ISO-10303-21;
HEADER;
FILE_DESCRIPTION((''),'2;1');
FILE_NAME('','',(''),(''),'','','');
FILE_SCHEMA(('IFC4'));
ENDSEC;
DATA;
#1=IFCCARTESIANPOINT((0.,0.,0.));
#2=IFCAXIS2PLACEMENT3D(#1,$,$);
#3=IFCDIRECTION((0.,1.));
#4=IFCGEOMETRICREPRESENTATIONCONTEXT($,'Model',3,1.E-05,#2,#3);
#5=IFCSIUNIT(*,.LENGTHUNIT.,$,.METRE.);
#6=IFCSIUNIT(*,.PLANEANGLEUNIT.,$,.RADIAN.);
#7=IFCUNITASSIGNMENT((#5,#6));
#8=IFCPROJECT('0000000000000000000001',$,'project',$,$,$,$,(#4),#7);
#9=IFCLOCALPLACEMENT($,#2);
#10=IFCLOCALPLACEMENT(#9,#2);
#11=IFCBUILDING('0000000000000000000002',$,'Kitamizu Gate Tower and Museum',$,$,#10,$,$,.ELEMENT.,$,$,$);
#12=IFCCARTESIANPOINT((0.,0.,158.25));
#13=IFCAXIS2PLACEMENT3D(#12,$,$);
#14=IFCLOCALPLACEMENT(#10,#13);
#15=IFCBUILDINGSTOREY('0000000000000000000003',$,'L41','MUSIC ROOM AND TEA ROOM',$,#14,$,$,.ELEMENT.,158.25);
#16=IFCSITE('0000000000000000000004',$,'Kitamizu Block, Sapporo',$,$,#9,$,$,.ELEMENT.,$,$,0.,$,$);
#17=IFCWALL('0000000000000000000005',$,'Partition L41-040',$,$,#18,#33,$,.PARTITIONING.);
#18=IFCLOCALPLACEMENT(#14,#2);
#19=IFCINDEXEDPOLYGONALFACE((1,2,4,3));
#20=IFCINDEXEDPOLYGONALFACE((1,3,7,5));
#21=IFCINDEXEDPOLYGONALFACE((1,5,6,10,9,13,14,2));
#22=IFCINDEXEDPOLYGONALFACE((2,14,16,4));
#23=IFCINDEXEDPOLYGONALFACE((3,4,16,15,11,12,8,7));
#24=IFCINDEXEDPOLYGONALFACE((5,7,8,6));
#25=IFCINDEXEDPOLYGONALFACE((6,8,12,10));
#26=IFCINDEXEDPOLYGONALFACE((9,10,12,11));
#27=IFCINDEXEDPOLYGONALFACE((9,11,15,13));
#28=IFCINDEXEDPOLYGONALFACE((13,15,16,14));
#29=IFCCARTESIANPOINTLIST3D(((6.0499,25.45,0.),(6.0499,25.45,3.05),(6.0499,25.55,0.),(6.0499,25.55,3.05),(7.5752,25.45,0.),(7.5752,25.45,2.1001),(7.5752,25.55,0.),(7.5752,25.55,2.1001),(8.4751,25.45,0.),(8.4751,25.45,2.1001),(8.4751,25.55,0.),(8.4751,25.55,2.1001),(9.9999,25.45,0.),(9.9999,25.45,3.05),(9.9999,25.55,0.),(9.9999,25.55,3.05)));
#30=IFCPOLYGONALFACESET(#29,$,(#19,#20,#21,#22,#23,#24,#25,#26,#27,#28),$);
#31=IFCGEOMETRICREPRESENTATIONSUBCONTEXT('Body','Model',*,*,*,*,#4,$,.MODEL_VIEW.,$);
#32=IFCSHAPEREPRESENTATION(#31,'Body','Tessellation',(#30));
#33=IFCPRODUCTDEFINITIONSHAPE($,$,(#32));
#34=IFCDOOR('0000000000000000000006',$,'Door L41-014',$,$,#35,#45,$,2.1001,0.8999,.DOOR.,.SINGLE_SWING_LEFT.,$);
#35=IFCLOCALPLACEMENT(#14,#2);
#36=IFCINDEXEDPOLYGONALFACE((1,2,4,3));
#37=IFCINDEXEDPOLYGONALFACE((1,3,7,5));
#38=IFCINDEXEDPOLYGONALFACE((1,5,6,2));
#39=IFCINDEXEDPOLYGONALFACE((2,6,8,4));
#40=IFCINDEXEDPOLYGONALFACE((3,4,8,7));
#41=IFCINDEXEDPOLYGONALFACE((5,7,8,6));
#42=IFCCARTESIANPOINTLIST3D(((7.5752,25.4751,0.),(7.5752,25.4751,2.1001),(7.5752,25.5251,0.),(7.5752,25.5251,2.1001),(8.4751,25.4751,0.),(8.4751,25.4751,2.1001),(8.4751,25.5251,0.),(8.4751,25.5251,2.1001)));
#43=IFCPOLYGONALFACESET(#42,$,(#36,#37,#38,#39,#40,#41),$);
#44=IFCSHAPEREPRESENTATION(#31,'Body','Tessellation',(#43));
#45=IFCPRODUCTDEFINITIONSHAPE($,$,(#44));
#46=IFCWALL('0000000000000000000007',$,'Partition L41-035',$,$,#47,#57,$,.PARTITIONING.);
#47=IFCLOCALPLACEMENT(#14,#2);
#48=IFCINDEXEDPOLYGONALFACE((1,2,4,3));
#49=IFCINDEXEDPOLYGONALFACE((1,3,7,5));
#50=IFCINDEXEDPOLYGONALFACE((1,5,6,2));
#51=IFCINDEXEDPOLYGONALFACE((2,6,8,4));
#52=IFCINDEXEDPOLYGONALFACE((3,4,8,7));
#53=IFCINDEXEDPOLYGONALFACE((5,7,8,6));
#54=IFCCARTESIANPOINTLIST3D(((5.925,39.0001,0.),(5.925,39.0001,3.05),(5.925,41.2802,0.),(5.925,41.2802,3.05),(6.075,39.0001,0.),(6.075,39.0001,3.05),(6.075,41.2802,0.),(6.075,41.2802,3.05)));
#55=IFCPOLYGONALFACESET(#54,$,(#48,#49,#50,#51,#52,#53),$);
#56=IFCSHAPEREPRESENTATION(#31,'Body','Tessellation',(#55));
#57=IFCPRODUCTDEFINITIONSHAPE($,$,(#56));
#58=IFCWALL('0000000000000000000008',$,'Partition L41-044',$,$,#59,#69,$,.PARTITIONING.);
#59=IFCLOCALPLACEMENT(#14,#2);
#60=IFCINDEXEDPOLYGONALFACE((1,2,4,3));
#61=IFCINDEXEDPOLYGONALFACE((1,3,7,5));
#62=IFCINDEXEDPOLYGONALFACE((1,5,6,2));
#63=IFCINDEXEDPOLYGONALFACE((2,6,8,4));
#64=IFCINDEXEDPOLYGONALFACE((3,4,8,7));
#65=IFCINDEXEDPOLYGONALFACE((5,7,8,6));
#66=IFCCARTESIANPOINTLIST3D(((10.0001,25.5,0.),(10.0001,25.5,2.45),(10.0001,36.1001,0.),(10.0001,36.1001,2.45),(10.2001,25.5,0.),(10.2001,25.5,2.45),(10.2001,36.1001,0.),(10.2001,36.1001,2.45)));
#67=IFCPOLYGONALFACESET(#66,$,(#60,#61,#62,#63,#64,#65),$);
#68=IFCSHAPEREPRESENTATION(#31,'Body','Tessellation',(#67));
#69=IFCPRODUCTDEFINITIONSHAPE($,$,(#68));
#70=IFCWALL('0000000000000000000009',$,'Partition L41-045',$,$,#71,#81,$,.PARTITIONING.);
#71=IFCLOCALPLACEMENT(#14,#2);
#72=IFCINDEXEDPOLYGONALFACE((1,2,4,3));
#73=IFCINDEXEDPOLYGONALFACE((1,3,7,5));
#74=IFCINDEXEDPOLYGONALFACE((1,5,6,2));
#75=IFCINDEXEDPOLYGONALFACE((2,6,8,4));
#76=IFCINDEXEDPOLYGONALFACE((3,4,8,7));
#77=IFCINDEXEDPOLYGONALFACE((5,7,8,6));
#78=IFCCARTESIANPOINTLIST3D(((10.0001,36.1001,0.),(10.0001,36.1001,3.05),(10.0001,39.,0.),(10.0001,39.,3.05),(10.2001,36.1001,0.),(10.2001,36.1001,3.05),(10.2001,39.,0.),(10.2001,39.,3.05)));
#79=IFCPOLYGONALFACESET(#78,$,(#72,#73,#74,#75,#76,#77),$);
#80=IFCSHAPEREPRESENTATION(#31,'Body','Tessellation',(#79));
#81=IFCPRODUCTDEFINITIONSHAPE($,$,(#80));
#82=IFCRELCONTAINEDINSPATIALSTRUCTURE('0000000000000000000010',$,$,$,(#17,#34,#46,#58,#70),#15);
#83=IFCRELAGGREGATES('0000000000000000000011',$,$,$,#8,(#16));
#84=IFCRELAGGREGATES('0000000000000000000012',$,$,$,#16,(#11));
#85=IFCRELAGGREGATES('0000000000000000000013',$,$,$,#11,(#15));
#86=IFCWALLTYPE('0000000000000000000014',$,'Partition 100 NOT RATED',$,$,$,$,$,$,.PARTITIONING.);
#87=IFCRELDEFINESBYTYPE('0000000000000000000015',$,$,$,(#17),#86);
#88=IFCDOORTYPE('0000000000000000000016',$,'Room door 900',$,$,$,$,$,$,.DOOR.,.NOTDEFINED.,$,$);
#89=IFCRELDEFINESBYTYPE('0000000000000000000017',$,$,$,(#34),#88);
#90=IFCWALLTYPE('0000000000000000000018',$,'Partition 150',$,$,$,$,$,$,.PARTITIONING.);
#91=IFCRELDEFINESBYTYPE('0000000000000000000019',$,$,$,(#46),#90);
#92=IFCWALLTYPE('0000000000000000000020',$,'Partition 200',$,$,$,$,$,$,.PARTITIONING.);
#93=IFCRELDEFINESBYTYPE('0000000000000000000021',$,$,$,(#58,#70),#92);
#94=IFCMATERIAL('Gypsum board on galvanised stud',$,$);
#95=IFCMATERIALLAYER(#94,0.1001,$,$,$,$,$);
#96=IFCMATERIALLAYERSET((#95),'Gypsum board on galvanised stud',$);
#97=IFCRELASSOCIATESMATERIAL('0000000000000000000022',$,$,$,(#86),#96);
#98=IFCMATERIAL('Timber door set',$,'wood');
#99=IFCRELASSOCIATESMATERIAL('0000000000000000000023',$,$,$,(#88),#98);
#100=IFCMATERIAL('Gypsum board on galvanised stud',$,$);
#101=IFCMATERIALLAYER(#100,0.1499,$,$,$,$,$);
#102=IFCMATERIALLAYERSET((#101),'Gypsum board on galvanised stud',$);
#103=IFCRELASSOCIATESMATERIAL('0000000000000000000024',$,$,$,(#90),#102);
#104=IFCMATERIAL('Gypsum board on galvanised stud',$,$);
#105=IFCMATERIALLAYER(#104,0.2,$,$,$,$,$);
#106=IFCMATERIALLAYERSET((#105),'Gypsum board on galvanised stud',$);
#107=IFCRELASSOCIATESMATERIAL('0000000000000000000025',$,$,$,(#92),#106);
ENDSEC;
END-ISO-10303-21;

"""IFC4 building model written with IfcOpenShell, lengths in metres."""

from ifc_helpers import new_model, si_unit, direction, frame, frame_2d, origin, place, context, subcontext, project, spatial, rectangle, extrude, material, layer, layer_set, type_object, element, fill, save


model = new_model("IFC4")

# Units and contexts
model_context = context("Model", 3, precision=1e-05, world=origin(), true_north=direction((0.0, 1.0)))
body_context = subcontext(model_context, "Body", "Model", "MODEL_VIEW")
ifc_project = project(units=[si_unit("LENGTHUNIT", "METRE"), si_unit("PLANEANGLEUNIT", "RADIAN")], contexts=[model_context])

# Site, building, storey
site_placement = place(None, origin())
site = spatial("IfcSite", under=ifc_project, at=site_placement, Name="Kitamizu Block, Sapporo", CompositionType="ELEMENT", RefElevation=0.0)
building_placement = place(site_placement, origin())
building = spatial("IfcBuilding", under=site, at=building_placement, Name="Kitamizu Gate Tower and Museum", CompositionType="ELEMENT")
storey_placement = place(building_placement, frame((0.0, 0.0, 158.25)))
storey = spatial("IfcBuildingStorey", under=building, at=storey_placement, Name="L41", Description="MUSIC ROOM AND TEA ROOM", CompositionType="ELEMENT", Elevation=158.25)

# Shared definitions
ifc_material_1 = material(Name="Gypsum board on galvanised stud")
ifc_layer_1 = layer(ifc_material_1, 0.1001)
ifc_layer_set_1 = layer_set([ifc_layer_1], Name="Gypsum board on galvanised stud")
wall_type_1 = type_object("IfcWallType", Name="Partition 100 NOT RATED", PredefinedType="PARTITIONING", material=ifc_layer_set_1)
ifc_material_2 = material(Name="Timber door set", Category="wood")
door_type = type_object("IfcDoorType", Name="Room door 900", OperationType="NOTDEFINED", PredefinedType="DOOR", material=ifc_material_2)

# Wall, opening, door
wall_1_placement = place(storey_placement, frame((10.0, 25.5, 0.0), z_axis=(0.0, 0.0, 1.0), x_axis=(-1.0, 0.0, 0.0)))
wall_1 = element("IfcWall", 1, at=wall_1_placement, inside=storey, type_object=wall_type_1, Name="Partition L41-040", PredefinedType="PARTITIONING", context=body_context, shape_type="SweptSolid", body=[
    extrude(rectangle(XDim=3.95, YDim=0.1001, at=frame_2d((1.9751, 0.0))), origin(), (0.0, 0.0, 1.0), 3.05),
])
opening_1_placement = place(wall_1_placement, frame((1.5249, 0.0, 0.0)))
opening_1 = element("IfcOpeningElement", 2, at=opening_1_placement, cuts=wall_1, PredefinedType="OPENING", context=body_context, shape_type="SweptSolid", body=[
    extrude(rectangle(XDim=0.8999, YDim=2.1001, at=frame_2d((0.45, 1.05))), frame((0.0, 0.0601, 0.0), z_axis=(0.0, -1.0, 0.0), x_axis=(1.0, 0.0, 0.0)), (0.0, 0.0, 1.0), 0.1201),
])
door_1_placement = place(opening_1_placement, origin())
door_1 = element("IfcDoor", 3, at=door_1_placement, inside=storey, type_object=door_type, Name="Door L41-014", OperationType="SINGLE_SWING_LEFT", OverallHeight=2.1001, OverallWidth=0.8999, PredefinedType="DOOR", context=body_context, shape_type="SweptSolid", body=[
    extrude(rectangle(XDim=0.8999, YDim=2.1001, at=frame_2d((0.45, 1.05))), frame((0.0, 0.0249, 0.0), z_axis=(0.0, -1.0, 0.0), x_axis=(1.0, 0.0, 0.0)), (0.0, 0.0, 1.0), 0.05),
])
fill(opening_1, door_1)

# Walls
ifc_material_3 = material(Name="Gypsum board on galvanised stud")
ifc_layer_2 = layer(ifc_material_3, 0.1499)
ifc_layer_set_2 = layer_set([ifc_layer_2], Name="Gypsum board on galvanised stud")
wall_type_2 = type_object("IfcWallType", Name="Partition 150", PredefinedType="PARTITIONING", material=ifc_layer_set_2)
wall_2_placement = place(storey_placement, frame((6.0, 39.0, 0.0), z_axis=(0.0, 0.0, 1.0), x_axis=(0.0, 1.0, 0.0)))
element("IfcWall", 4, at=wall_2_placement, inside=storey, type_object=wall_type_2, Name="Partition L41-035", PredefinedType="PARTITIONING", context=body_context, shape_type="SweptSolid", body=[
    extrude(rectangle(XDim=2.28, YDim=0.1499, at=frame_2d((1.1401, 0.0))), origin(), (0.0, 0.0, 1.0), 3.05),
])
ifc_material_4 = material(Name="Gypsum board on galvanised stud")
ifc_layer_3 = layer(ifc_material_4, 0.2)
ifc_layer_set_3 = layer_set([ifc_layer_3], Name="Gypsum board on galvanised stud")
wall_type_3 = type_object("IfcWallType", Name="Partition 200", PredefinedType="PARTITIONING", material=ifc_layer_set_3)
wall_3_placement = place(storey_placement, frame((10.1001, 25.5, 0.0), z_axis=(0.0, 0.0, 1.0), x_axis=(0.0, 1.0, 0.0)))
element("IfcWall", 5, at=wall_3_placement, inside=storey, type_object=wall_type_3, Name="Partition L41-044", PredefinedType="PARTITIONING", context=body_context, shape_type="SweptSolid", body=[
    extrude(rectangle(XDim=10.6001, YDim=0.2, at=frame_2d((5.3, 0.0))), origin(), (0.0, 0.0, 1.0), 2.45),
])
wall_4_placement = place(storey_placement, frame((10.1001, 36.1001, 0.0), z_axis=(0.0, 0.0, 1.0), x_axis=(0.0, 1.0, 0.0)))
element("IfcWall", 6, at=wall_4_placement, inside=storey, type_object=wall_type_3, Name="Partition L41-045", PredefinedType="PARTITIONING", context=body_context, shape_type="SweptSolid", body=[
    extrude(rectangle(XDim=2.8999, YDim=0.2, at=frame_2d((1.45, 0.0))), origin(), (0.0, 0.0, 1.0), 3.05),
])

save(model, "model.ifc")
